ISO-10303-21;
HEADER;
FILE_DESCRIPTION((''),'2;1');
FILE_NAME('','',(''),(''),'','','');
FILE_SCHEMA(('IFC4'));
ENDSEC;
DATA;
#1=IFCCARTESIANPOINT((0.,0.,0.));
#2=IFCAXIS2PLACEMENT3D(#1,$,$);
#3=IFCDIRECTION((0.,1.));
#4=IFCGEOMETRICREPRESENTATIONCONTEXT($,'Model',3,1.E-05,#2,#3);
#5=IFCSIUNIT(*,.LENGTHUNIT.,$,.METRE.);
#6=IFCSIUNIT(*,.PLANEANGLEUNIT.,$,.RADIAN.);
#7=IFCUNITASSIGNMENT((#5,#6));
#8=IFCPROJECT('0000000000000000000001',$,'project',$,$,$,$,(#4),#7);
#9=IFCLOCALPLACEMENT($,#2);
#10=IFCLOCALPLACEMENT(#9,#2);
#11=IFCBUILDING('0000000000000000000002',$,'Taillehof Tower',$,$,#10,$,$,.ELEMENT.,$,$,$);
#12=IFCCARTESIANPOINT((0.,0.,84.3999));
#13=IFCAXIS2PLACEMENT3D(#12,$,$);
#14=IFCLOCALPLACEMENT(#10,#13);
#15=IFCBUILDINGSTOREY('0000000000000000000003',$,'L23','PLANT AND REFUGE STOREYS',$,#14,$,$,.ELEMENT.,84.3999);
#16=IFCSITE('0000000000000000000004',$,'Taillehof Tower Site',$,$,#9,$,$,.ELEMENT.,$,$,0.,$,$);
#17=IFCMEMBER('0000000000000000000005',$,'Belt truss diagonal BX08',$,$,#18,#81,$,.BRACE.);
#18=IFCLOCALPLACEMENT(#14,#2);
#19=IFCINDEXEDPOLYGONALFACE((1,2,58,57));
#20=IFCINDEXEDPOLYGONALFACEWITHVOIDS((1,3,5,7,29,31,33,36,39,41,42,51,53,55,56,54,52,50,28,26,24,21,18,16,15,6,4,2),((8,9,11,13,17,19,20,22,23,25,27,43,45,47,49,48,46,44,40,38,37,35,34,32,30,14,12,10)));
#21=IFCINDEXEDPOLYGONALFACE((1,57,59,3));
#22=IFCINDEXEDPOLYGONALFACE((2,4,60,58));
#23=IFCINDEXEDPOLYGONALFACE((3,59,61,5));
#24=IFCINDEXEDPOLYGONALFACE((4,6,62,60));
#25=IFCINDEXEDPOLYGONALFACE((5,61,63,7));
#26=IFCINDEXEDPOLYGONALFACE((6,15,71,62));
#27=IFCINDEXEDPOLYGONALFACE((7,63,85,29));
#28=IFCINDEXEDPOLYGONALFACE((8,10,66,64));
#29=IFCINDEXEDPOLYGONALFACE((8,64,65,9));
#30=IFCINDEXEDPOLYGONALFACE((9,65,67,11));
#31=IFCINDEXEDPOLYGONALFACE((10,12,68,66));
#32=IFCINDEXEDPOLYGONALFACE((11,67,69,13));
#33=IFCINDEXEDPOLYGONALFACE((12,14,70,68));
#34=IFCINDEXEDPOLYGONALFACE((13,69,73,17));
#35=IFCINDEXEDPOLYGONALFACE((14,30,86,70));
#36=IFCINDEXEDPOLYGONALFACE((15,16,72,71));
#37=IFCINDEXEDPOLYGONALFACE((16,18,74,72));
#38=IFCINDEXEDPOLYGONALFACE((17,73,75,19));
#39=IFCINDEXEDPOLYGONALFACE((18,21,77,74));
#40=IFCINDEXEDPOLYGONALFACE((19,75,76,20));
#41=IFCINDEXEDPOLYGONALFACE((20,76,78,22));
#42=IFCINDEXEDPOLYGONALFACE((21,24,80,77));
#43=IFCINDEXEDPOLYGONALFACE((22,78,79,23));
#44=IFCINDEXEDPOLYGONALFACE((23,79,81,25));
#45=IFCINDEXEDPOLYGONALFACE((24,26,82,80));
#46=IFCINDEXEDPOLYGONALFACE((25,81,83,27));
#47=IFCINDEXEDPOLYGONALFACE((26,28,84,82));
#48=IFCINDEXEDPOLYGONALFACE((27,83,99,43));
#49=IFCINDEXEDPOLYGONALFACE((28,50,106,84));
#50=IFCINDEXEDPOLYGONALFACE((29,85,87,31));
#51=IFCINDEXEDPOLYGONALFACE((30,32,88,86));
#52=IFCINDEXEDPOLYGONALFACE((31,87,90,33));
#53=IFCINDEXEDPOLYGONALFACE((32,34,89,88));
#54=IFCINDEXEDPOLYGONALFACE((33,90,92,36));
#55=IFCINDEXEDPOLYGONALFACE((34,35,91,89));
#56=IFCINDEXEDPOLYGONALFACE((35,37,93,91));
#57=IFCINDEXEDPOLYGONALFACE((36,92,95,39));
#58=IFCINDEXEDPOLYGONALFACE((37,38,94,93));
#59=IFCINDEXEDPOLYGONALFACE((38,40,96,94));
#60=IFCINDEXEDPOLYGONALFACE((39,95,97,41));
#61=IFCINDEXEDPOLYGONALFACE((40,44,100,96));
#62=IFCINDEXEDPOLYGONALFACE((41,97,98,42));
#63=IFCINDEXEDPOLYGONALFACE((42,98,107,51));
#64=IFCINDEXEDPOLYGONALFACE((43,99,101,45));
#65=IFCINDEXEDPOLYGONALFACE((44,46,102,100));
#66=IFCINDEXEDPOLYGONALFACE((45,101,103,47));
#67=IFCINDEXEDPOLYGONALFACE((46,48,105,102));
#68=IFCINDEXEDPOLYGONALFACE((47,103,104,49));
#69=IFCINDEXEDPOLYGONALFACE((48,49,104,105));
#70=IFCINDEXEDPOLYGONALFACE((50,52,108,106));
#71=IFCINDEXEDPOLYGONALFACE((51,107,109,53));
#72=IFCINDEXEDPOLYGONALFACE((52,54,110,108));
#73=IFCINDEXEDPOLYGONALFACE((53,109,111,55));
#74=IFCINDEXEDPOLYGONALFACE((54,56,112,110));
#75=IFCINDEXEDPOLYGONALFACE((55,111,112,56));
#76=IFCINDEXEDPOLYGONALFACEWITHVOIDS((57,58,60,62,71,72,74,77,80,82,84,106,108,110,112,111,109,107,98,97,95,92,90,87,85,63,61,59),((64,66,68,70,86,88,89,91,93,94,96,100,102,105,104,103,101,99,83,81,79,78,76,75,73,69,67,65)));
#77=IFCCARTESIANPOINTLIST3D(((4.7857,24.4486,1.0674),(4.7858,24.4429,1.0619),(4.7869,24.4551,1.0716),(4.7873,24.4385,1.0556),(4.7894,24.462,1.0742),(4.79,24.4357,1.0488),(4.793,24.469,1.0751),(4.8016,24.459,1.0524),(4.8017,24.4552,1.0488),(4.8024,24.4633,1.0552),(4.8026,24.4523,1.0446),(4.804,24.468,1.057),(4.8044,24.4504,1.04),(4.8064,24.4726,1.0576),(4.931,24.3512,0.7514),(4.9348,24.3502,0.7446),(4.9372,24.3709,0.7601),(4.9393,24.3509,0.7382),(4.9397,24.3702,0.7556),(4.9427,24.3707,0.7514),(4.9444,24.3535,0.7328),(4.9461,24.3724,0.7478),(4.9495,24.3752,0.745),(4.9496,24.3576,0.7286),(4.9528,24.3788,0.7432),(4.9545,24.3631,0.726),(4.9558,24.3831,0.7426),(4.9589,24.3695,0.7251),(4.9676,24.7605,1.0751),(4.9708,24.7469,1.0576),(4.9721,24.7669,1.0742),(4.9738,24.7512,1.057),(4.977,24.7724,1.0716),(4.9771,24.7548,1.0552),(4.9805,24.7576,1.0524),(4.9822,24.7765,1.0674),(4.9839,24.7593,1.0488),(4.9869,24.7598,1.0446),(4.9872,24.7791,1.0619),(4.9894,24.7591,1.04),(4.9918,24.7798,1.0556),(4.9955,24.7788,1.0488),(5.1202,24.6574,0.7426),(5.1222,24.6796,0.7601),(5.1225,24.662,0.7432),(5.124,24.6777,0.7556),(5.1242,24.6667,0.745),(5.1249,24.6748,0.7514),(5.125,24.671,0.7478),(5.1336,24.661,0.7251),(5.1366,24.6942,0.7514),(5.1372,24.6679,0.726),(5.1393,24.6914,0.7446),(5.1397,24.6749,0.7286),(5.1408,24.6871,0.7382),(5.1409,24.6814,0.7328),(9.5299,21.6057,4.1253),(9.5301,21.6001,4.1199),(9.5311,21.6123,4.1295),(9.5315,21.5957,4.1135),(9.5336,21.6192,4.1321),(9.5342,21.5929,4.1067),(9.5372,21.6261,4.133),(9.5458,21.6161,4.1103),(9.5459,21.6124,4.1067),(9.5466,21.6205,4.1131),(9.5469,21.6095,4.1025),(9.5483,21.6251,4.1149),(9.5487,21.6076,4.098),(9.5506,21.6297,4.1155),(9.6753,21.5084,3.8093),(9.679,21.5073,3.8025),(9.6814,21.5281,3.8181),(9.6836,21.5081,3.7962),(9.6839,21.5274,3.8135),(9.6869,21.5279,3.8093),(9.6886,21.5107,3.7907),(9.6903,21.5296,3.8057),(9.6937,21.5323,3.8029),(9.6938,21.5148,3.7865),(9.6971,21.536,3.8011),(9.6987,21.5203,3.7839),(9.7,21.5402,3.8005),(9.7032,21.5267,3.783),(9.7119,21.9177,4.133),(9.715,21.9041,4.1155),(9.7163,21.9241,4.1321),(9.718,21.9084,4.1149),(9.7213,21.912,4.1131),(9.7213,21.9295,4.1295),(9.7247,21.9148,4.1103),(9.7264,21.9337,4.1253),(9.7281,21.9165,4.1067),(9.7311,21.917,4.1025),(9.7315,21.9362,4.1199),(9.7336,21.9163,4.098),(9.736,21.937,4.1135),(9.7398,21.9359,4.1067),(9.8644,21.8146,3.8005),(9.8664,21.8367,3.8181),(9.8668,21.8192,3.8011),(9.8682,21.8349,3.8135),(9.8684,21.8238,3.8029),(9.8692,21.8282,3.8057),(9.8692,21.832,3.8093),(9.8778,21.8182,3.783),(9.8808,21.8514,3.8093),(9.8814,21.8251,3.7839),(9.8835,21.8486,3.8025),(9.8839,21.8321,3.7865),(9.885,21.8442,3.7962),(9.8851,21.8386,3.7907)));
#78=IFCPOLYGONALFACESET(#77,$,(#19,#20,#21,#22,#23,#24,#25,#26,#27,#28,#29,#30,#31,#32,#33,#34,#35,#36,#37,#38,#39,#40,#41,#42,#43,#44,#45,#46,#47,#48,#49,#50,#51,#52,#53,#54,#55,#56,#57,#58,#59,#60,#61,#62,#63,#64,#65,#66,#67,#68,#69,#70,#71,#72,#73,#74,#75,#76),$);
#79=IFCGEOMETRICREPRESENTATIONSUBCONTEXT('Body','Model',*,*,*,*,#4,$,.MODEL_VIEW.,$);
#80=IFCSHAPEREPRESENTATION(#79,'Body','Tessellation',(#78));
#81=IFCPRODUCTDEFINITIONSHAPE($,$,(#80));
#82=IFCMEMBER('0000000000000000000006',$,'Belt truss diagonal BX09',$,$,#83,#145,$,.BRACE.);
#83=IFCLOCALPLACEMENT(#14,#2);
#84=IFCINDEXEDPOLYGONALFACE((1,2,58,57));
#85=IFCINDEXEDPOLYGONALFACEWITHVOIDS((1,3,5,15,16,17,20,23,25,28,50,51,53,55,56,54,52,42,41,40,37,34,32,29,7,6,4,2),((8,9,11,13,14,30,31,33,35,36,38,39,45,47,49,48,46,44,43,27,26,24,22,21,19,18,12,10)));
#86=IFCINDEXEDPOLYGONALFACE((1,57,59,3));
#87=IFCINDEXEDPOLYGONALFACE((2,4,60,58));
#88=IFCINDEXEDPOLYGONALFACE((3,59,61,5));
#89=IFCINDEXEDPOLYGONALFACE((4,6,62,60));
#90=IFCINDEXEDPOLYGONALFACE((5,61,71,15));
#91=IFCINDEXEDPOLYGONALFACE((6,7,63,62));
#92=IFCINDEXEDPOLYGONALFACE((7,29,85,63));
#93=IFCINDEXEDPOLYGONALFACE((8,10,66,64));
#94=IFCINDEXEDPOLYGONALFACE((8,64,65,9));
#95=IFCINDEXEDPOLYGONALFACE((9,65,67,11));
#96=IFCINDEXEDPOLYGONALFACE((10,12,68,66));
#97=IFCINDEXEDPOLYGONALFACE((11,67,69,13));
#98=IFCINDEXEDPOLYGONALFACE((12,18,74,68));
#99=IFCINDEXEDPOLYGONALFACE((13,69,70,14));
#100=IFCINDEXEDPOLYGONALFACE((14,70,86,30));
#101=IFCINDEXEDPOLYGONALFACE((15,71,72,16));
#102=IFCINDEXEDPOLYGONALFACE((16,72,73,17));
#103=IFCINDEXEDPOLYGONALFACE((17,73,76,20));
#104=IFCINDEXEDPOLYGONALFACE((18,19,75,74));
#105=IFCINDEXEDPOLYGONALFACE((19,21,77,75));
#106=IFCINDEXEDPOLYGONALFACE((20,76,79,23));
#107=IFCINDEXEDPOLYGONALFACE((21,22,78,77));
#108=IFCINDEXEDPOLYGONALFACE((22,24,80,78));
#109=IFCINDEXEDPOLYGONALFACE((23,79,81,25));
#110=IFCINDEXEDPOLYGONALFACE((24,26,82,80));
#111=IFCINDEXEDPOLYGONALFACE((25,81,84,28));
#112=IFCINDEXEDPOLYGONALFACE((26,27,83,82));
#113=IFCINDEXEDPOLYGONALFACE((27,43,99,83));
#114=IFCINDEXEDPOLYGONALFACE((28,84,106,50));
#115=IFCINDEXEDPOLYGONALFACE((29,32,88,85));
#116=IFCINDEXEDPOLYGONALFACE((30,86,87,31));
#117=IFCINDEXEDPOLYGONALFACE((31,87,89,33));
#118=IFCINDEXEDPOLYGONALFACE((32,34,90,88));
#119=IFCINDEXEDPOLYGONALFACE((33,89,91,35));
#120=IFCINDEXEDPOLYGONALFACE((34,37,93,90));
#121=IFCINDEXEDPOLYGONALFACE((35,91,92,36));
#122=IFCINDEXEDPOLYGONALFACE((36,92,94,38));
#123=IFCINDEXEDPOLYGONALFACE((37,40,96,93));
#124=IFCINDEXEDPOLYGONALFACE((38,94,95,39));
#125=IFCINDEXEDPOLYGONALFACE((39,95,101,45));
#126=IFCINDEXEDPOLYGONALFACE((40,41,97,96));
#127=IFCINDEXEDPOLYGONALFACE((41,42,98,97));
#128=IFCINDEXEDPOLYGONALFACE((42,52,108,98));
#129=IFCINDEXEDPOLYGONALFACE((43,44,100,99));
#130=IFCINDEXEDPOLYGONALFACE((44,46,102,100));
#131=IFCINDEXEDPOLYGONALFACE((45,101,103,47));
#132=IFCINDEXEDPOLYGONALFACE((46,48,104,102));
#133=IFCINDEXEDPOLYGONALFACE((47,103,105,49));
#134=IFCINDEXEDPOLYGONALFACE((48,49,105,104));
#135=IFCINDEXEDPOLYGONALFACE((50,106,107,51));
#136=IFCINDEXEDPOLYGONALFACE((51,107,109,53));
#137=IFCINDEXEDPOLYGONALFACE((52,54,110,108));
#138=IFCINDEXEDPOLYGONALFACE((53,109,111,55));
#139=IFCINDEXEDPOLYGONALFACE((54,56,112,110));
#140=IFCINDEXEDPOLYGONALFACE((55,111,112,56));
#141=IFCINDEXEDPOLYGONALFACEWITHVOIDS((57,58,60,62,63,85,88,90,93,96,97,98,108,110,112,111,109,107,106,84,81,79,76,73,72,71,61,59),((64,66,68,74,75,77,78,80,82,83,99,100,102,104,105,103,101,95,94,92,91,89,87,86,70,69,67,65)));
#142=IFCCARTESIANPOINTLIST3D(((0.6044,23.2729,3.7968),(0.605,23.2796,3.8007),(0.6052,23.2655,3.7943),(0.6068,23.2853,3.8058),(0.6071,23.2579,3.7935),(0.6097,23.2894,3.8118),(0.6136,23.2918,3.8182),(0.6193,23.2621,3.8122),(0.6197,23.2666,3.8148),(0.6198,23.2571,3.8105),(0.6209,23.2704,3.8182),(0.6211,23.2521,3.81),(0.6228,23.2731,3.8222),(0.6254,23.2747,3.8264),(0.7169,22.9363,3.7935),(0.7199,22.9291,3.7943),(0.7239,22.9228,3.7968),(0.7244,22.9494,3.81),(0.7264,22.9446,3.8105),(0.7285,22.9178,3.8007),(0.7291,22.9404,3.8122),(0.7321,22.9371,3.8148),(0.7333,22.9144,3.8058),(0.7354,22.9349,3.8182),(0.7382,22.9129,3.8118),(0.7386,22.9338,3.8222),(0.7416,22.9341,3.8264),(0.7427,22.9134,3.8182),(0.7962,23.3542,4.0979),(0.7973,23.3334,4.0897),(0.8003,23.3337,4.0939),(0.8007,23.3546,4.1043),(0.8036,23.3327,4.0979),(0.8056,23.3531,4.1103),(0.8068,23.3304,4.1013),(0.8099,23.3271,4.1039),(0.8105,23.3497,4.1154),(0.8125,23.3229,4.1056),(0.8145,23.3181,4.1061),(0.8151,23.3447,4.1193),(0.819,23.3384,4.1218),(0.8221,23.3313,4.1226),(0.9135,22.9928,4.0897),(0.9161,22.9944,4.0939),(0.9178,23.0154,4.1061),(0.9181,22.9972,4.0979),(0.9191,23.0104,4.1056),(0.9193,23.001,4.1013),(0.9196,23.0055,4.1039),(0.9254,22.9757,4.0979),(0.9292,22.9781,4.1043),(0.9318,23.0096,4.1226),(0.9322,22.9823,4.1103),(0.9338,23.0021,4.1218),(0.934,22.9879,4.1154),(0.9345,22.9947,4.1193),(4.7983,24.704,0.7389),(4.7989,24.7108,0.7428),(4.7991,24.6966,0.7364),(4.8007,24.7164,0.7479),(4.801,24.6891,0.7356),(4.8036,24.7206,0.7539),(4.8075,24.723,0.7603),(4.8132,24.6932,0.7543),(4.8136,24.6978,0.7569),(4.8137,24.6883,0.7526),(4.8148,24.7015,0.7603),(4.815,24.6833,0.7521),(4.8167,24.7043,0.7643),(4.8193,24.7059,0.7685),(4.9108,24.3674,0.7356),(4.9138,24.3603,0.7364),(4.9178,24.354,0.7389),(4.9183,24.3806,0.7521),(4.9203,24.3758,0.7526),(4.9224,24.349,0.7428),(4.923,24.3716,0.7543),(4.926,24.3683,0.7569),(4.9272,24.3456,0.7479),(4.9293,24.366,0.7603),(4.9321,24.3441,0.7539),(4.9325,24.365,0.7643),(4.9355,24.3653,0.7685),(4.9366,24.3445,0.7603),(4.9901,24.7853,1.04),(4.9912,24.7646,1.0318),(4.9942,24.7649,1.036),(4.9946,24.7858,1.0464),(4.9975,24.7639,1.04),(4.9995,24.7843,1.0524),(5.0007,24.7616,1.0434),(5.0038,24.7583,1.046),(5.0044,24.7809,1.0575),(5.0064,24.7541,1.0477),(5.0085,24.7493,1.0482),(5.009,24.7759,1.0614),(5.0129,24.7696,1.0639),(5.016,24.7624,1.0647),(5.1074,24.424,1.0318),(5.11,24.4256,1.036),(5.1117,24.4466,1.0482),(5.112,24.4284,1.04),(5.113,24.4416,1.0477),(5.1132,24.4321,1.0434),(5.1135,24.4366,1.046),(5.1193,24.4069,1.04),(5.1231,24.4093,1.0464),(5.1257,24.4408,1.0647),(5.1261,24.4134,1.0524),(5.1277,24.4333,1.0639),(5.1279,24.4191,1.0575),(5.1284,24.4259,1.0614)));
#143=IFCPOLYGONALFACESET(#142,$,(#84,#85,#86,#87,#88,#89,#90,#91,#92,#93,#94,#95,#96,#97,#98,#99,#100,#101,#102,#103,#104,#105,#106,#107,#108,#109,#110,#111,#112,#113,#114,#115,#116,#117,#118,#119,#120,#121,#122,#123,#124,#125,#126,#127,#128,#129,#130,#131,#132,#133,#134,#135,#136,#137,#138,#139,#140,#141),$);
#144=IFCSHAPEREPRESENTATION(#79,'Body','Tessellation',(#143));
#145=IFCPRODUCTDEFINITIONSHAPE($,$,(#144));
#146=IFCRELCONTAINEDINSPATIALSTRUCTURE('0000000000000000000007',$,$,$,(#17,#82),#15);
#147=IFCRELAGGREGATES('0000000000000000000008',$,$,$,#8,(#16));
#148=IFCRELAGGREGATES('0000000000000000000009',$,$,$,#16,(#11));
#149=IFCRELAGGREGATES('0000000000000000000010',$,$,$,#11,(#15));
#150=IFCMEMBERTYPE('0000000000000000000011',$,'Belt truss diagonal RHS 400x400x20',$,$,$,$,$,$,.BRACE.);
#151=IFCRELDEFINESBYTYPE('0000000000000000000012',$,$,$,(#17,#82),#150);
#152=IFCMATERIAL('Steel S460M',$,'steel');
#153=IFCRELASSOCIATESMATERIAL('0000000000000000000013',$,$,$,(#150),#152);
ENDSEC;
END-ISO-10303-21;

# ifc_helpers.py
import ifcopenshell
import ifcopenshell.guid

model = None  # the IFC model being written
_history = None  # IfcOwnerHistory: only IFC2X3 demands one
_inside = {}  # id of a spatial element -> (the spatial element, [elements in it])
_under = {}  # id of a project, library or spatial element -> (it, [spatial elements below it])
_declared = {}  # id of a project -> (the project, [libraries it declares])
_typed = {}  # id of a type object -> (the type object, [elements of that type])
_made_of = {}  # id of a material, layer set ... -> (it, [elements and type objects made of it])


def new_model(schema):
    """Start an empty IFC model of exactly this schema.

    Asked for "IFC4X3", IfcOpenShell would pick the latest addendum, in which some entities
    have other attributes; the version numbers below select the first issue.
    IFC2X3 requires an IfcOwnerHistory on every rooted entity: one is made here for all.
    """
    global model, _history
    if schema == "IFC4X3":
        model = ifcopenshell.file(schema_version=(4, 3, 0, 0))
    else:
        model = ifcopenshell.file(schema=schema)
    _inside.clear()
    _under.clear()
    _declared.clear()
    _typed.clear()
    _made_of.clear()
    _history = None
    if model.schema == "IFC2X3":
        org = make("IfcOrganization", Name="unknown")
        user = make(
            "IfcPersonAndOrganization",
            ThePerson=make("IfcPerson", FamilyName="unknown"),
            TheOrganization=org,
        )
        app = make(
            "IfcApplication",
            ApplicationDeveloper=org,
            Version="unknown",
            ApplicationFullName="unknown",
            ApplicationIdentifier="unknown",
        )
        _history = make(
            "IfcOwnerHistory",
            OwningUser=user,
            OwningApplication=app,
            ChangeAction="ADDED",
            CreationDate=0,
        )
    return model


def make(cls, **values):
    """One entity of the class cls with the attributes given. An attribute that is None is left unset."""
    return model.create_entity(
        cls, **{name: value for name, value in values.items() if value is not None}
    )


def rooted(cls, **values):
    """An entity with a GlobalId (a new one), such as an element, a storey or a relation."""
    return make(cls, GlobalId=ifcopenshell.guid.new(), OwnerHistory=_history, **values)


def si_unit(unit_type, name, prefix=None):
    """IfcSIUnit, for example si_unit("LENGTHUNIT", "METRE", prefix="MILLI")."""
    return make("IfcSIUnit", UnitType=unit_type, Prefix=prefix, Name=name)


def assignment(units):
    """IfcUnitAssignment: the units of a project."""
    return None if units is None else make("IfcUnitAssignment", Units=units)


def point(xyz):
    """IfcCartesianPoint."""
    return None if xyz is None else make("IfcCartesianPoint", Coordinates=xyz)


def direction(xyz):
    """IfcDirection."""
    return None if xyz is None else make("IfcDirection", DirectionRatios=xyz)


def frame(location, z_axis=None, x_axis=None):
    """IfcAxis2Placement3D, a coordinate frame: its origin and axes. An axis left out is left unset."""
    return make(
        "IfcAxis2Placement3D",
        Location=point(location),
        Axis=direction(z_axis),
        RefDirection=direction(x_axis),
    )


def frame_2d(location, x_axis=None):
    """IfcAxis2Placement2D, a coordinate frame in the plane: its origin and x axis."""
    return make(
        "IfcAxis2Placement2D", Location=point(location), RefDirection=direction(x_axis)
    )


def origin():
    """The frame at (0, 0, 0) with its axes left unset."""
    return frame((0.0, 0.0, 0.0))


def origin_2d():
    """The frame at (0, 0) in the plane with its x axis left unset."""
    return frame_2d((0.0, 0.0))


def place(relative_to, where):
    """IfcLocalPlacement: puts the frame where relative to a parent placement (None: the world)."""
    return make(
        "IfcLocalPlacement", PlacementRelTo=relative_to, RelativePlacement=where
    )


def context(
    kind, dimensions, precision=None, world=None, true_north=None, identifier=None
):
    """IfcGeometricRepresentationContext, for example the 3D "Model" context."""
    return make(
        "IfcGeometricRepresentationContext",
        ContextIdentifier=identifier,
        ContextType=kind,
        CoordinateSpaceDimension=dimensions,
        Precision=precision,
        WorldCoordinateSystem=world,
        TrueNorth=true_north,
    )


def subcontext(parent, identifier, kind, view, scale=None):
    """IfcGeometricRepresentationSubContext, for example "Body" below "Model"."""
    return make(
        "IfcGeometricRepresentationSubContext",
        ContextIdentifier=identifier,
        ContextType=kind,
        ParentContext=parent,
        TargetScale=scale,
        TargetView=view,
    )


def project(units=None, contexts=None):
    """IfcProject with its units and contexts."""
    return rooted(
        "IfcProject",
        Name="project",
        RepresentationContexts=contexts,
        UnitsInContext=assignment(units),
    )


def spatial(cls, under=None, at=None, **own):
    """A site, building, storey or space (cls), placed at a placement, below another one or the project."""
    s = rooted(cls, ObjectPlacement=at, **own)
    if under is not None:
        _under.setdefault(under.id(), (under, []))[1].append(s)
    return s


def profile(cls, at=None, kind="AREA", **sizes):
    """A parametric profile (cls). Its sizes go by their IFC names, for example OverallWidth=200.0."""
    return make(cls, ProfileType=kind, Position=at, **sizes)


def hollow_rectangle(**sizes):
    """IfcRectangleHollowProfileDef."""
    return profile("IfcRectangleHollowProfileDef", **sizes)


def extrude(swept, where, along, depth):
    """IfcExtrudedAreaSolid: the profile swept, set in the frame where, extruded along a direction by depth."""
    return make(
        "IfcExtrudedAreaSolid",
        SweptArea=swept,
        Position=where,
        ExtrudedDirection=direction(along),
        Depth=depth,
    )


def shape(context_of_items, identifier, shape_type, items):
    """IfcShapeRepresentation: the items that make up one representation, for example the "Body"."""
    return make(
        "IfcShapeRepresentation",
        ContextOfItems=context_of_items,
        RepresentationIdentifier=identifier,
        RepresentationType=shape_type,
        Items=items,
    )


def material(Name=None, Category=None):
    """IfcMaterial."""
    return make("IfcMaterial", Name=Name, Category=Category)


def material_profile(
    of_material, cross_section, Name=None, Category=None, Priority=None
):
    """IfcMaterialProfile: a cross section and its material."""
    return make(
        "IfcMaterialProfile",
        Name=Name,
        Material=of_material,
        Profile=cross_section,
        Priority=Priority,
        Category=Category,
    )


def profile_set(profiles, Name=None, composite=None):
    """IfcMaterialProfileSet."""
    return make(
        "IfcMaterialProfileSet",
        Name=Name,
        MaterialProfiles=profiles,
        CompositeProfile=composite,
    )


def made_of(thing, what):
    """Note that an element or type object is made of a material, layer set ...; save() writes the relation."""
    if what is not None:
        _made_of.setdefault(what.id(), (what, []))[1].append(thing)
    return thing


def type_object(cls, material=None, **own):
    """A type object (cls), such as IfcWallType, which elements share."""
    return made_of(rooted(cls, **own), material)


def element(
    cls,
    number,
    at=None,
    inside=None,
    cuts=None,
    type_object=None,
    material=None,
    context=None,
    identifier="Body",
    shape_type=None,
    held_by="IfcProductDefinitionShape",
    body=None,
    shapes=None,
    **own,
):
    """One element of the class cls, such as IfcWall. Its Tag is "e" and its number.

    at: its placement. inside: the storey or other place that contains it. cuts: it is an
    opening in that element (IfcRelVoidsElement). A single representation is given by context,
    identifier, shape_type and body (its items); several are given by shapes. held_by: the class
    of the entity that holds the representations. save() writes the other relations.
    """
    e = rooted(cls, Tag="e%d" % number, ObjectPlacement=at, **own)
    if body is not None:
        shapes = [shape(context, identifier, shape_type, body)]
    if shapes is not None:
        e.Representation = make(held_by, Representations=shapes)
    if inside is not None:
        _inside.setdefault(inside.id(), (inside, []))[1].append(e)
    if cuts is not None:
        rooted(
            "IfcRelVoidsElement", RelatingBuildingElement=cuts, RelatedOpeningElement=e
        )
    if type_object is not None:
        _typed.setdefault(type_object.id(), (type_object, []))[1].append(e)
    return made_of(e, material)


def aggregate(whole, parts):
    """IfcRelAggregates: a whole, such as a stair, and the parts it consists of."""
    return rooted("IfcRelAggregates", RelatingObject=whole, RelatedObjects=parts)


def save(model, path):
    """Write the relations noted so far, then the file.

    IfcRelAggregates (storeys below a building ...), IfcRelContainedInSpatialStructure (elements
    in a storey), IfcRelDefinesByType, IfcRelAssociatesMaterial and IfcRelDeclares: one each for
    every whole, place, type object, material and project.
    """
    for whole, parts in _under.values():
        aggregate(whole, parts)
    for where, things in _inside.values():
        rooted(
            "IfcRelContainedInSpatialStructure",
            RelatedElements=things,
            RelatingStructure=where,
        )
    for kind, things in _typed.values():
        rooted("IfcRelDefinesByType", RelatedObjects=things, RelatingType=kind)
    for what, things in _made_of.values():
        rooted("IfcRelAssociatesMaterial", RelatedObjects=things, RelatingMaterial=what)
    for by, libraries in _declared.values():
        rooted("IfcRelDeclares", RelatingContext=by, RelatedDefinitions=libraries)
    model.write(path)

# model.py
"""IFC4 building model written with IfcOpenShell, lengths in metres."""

from ifc_helpers import new_model, si_unit, direction, frame, origin, origin_2d, place, context, subcontext, project, spatial, hollow_rectangle, extrude, material, material_profile, profile_set, type_object, element, save


model = new_model("IFC4")

# Units and contexts
model_context = context("Model", 3, precision=1e-05, world=origin(), true_north=direction((0.0, 1.0)))
body_context = subcontext(model_context, "Body", "Model", "MODEL_VIEW")
ifc_project = project(units=[si_unit("LENGTHUNIT", "METRE"), si_unit("PLANEANGLEUNIT", "RADIAN")], contexts=[model_context])

# Site, building, storey
site_placement = place(None, origin())
site = spatial("IfcSite", under=ifc_project, at=site_placement, Name="Taillehof Tower Site", CompositionType="ELEMENT", RefElevation=0.0)
building_placement = place(site_placement, origin())
building = spatial("IfcBuilding", under=site, at=building_placement, Name="Taillehof Tower", CompositionType="ELEMENT")
storey_placement = place(building_placement, frame((0.0, 0.0, 84.3999)))
storey = spatial("IfcBuildingStorey", under=building, at=storey_placement, Name="L23", Description="PLANT AND REFUGE STOREYS", CompositionType="ELEMENT", Elevation=84.3999)

# Members
ifc_material_1 = material(Name="Steel S460M", Category="steel")
ifc_material_profile_1 = material_profile(ifc_material_1, hollow_rectangle(XDim=0.3999, YDim=0.3999, WallThickness=0.02, InnerFilletRadius=0.02, OuterFilletRadius=0.03, at=origin_2d()), Name="RHS 400x400x20")
ifc_profile_set_1 = profile_set([ifc_material_profile_1], Name="Steel S460M")
member_type_1 = type_object("IfcMemberType", Name="Belt truss diagonal RHS 400x400x20", PredefinedType="BRACE", material=ifc_profile_set_1)
member_1_placement = place(storey_placement, frame((9.7075, 21.7222, 3.958), z_axis=(-0.750689, 0.449826, -0.483861), x_axis=(-0.514002, -0.857789, 0.0)))
element("IfcMember", 1, at=member_1_placement, inside=storey, type_object=member_type_1, Name="Belt truss diagonal BX08", PredefinedType="BRACE", context=body_context, shape_type="SweptSolid", body=[
    extrude(hollow_rectangle(XDim=0.3999, YDim=0.3999, WallThickness=0.02, InnerFilletRadius=0.02, OuterFilletRadius=0.03, at=origin_2d()), origin(), (0.0, 0.0, 1.0), 6.3198),
])
member_2_placement = place(storey_placement, frame((4.9634, 24.5649, 0.9001), z_axis=(-0.778952, -0.265818, 0.567957), x_axis=(0.322963, -0.946411, 0.0)))
element("IfcMember", 2, at=member_2_placement, inside=storey, type_object=member_type_1, Name="Belt truss diagonal BX09", PredefinedType="BRACE", context=body_context, shape_type="SweptSolid", body=[
    extrude(hollow_rectangle(XDim=0.3999, YDim=0.3999, WallThickness=0.02, InnerFilletRadius=0.02, OuterFilletRadius=0.03, at=origin_2d()), origin(), (0.0, 0.0, 1.0), 5.384),
])

save(model, "model.ifc")
